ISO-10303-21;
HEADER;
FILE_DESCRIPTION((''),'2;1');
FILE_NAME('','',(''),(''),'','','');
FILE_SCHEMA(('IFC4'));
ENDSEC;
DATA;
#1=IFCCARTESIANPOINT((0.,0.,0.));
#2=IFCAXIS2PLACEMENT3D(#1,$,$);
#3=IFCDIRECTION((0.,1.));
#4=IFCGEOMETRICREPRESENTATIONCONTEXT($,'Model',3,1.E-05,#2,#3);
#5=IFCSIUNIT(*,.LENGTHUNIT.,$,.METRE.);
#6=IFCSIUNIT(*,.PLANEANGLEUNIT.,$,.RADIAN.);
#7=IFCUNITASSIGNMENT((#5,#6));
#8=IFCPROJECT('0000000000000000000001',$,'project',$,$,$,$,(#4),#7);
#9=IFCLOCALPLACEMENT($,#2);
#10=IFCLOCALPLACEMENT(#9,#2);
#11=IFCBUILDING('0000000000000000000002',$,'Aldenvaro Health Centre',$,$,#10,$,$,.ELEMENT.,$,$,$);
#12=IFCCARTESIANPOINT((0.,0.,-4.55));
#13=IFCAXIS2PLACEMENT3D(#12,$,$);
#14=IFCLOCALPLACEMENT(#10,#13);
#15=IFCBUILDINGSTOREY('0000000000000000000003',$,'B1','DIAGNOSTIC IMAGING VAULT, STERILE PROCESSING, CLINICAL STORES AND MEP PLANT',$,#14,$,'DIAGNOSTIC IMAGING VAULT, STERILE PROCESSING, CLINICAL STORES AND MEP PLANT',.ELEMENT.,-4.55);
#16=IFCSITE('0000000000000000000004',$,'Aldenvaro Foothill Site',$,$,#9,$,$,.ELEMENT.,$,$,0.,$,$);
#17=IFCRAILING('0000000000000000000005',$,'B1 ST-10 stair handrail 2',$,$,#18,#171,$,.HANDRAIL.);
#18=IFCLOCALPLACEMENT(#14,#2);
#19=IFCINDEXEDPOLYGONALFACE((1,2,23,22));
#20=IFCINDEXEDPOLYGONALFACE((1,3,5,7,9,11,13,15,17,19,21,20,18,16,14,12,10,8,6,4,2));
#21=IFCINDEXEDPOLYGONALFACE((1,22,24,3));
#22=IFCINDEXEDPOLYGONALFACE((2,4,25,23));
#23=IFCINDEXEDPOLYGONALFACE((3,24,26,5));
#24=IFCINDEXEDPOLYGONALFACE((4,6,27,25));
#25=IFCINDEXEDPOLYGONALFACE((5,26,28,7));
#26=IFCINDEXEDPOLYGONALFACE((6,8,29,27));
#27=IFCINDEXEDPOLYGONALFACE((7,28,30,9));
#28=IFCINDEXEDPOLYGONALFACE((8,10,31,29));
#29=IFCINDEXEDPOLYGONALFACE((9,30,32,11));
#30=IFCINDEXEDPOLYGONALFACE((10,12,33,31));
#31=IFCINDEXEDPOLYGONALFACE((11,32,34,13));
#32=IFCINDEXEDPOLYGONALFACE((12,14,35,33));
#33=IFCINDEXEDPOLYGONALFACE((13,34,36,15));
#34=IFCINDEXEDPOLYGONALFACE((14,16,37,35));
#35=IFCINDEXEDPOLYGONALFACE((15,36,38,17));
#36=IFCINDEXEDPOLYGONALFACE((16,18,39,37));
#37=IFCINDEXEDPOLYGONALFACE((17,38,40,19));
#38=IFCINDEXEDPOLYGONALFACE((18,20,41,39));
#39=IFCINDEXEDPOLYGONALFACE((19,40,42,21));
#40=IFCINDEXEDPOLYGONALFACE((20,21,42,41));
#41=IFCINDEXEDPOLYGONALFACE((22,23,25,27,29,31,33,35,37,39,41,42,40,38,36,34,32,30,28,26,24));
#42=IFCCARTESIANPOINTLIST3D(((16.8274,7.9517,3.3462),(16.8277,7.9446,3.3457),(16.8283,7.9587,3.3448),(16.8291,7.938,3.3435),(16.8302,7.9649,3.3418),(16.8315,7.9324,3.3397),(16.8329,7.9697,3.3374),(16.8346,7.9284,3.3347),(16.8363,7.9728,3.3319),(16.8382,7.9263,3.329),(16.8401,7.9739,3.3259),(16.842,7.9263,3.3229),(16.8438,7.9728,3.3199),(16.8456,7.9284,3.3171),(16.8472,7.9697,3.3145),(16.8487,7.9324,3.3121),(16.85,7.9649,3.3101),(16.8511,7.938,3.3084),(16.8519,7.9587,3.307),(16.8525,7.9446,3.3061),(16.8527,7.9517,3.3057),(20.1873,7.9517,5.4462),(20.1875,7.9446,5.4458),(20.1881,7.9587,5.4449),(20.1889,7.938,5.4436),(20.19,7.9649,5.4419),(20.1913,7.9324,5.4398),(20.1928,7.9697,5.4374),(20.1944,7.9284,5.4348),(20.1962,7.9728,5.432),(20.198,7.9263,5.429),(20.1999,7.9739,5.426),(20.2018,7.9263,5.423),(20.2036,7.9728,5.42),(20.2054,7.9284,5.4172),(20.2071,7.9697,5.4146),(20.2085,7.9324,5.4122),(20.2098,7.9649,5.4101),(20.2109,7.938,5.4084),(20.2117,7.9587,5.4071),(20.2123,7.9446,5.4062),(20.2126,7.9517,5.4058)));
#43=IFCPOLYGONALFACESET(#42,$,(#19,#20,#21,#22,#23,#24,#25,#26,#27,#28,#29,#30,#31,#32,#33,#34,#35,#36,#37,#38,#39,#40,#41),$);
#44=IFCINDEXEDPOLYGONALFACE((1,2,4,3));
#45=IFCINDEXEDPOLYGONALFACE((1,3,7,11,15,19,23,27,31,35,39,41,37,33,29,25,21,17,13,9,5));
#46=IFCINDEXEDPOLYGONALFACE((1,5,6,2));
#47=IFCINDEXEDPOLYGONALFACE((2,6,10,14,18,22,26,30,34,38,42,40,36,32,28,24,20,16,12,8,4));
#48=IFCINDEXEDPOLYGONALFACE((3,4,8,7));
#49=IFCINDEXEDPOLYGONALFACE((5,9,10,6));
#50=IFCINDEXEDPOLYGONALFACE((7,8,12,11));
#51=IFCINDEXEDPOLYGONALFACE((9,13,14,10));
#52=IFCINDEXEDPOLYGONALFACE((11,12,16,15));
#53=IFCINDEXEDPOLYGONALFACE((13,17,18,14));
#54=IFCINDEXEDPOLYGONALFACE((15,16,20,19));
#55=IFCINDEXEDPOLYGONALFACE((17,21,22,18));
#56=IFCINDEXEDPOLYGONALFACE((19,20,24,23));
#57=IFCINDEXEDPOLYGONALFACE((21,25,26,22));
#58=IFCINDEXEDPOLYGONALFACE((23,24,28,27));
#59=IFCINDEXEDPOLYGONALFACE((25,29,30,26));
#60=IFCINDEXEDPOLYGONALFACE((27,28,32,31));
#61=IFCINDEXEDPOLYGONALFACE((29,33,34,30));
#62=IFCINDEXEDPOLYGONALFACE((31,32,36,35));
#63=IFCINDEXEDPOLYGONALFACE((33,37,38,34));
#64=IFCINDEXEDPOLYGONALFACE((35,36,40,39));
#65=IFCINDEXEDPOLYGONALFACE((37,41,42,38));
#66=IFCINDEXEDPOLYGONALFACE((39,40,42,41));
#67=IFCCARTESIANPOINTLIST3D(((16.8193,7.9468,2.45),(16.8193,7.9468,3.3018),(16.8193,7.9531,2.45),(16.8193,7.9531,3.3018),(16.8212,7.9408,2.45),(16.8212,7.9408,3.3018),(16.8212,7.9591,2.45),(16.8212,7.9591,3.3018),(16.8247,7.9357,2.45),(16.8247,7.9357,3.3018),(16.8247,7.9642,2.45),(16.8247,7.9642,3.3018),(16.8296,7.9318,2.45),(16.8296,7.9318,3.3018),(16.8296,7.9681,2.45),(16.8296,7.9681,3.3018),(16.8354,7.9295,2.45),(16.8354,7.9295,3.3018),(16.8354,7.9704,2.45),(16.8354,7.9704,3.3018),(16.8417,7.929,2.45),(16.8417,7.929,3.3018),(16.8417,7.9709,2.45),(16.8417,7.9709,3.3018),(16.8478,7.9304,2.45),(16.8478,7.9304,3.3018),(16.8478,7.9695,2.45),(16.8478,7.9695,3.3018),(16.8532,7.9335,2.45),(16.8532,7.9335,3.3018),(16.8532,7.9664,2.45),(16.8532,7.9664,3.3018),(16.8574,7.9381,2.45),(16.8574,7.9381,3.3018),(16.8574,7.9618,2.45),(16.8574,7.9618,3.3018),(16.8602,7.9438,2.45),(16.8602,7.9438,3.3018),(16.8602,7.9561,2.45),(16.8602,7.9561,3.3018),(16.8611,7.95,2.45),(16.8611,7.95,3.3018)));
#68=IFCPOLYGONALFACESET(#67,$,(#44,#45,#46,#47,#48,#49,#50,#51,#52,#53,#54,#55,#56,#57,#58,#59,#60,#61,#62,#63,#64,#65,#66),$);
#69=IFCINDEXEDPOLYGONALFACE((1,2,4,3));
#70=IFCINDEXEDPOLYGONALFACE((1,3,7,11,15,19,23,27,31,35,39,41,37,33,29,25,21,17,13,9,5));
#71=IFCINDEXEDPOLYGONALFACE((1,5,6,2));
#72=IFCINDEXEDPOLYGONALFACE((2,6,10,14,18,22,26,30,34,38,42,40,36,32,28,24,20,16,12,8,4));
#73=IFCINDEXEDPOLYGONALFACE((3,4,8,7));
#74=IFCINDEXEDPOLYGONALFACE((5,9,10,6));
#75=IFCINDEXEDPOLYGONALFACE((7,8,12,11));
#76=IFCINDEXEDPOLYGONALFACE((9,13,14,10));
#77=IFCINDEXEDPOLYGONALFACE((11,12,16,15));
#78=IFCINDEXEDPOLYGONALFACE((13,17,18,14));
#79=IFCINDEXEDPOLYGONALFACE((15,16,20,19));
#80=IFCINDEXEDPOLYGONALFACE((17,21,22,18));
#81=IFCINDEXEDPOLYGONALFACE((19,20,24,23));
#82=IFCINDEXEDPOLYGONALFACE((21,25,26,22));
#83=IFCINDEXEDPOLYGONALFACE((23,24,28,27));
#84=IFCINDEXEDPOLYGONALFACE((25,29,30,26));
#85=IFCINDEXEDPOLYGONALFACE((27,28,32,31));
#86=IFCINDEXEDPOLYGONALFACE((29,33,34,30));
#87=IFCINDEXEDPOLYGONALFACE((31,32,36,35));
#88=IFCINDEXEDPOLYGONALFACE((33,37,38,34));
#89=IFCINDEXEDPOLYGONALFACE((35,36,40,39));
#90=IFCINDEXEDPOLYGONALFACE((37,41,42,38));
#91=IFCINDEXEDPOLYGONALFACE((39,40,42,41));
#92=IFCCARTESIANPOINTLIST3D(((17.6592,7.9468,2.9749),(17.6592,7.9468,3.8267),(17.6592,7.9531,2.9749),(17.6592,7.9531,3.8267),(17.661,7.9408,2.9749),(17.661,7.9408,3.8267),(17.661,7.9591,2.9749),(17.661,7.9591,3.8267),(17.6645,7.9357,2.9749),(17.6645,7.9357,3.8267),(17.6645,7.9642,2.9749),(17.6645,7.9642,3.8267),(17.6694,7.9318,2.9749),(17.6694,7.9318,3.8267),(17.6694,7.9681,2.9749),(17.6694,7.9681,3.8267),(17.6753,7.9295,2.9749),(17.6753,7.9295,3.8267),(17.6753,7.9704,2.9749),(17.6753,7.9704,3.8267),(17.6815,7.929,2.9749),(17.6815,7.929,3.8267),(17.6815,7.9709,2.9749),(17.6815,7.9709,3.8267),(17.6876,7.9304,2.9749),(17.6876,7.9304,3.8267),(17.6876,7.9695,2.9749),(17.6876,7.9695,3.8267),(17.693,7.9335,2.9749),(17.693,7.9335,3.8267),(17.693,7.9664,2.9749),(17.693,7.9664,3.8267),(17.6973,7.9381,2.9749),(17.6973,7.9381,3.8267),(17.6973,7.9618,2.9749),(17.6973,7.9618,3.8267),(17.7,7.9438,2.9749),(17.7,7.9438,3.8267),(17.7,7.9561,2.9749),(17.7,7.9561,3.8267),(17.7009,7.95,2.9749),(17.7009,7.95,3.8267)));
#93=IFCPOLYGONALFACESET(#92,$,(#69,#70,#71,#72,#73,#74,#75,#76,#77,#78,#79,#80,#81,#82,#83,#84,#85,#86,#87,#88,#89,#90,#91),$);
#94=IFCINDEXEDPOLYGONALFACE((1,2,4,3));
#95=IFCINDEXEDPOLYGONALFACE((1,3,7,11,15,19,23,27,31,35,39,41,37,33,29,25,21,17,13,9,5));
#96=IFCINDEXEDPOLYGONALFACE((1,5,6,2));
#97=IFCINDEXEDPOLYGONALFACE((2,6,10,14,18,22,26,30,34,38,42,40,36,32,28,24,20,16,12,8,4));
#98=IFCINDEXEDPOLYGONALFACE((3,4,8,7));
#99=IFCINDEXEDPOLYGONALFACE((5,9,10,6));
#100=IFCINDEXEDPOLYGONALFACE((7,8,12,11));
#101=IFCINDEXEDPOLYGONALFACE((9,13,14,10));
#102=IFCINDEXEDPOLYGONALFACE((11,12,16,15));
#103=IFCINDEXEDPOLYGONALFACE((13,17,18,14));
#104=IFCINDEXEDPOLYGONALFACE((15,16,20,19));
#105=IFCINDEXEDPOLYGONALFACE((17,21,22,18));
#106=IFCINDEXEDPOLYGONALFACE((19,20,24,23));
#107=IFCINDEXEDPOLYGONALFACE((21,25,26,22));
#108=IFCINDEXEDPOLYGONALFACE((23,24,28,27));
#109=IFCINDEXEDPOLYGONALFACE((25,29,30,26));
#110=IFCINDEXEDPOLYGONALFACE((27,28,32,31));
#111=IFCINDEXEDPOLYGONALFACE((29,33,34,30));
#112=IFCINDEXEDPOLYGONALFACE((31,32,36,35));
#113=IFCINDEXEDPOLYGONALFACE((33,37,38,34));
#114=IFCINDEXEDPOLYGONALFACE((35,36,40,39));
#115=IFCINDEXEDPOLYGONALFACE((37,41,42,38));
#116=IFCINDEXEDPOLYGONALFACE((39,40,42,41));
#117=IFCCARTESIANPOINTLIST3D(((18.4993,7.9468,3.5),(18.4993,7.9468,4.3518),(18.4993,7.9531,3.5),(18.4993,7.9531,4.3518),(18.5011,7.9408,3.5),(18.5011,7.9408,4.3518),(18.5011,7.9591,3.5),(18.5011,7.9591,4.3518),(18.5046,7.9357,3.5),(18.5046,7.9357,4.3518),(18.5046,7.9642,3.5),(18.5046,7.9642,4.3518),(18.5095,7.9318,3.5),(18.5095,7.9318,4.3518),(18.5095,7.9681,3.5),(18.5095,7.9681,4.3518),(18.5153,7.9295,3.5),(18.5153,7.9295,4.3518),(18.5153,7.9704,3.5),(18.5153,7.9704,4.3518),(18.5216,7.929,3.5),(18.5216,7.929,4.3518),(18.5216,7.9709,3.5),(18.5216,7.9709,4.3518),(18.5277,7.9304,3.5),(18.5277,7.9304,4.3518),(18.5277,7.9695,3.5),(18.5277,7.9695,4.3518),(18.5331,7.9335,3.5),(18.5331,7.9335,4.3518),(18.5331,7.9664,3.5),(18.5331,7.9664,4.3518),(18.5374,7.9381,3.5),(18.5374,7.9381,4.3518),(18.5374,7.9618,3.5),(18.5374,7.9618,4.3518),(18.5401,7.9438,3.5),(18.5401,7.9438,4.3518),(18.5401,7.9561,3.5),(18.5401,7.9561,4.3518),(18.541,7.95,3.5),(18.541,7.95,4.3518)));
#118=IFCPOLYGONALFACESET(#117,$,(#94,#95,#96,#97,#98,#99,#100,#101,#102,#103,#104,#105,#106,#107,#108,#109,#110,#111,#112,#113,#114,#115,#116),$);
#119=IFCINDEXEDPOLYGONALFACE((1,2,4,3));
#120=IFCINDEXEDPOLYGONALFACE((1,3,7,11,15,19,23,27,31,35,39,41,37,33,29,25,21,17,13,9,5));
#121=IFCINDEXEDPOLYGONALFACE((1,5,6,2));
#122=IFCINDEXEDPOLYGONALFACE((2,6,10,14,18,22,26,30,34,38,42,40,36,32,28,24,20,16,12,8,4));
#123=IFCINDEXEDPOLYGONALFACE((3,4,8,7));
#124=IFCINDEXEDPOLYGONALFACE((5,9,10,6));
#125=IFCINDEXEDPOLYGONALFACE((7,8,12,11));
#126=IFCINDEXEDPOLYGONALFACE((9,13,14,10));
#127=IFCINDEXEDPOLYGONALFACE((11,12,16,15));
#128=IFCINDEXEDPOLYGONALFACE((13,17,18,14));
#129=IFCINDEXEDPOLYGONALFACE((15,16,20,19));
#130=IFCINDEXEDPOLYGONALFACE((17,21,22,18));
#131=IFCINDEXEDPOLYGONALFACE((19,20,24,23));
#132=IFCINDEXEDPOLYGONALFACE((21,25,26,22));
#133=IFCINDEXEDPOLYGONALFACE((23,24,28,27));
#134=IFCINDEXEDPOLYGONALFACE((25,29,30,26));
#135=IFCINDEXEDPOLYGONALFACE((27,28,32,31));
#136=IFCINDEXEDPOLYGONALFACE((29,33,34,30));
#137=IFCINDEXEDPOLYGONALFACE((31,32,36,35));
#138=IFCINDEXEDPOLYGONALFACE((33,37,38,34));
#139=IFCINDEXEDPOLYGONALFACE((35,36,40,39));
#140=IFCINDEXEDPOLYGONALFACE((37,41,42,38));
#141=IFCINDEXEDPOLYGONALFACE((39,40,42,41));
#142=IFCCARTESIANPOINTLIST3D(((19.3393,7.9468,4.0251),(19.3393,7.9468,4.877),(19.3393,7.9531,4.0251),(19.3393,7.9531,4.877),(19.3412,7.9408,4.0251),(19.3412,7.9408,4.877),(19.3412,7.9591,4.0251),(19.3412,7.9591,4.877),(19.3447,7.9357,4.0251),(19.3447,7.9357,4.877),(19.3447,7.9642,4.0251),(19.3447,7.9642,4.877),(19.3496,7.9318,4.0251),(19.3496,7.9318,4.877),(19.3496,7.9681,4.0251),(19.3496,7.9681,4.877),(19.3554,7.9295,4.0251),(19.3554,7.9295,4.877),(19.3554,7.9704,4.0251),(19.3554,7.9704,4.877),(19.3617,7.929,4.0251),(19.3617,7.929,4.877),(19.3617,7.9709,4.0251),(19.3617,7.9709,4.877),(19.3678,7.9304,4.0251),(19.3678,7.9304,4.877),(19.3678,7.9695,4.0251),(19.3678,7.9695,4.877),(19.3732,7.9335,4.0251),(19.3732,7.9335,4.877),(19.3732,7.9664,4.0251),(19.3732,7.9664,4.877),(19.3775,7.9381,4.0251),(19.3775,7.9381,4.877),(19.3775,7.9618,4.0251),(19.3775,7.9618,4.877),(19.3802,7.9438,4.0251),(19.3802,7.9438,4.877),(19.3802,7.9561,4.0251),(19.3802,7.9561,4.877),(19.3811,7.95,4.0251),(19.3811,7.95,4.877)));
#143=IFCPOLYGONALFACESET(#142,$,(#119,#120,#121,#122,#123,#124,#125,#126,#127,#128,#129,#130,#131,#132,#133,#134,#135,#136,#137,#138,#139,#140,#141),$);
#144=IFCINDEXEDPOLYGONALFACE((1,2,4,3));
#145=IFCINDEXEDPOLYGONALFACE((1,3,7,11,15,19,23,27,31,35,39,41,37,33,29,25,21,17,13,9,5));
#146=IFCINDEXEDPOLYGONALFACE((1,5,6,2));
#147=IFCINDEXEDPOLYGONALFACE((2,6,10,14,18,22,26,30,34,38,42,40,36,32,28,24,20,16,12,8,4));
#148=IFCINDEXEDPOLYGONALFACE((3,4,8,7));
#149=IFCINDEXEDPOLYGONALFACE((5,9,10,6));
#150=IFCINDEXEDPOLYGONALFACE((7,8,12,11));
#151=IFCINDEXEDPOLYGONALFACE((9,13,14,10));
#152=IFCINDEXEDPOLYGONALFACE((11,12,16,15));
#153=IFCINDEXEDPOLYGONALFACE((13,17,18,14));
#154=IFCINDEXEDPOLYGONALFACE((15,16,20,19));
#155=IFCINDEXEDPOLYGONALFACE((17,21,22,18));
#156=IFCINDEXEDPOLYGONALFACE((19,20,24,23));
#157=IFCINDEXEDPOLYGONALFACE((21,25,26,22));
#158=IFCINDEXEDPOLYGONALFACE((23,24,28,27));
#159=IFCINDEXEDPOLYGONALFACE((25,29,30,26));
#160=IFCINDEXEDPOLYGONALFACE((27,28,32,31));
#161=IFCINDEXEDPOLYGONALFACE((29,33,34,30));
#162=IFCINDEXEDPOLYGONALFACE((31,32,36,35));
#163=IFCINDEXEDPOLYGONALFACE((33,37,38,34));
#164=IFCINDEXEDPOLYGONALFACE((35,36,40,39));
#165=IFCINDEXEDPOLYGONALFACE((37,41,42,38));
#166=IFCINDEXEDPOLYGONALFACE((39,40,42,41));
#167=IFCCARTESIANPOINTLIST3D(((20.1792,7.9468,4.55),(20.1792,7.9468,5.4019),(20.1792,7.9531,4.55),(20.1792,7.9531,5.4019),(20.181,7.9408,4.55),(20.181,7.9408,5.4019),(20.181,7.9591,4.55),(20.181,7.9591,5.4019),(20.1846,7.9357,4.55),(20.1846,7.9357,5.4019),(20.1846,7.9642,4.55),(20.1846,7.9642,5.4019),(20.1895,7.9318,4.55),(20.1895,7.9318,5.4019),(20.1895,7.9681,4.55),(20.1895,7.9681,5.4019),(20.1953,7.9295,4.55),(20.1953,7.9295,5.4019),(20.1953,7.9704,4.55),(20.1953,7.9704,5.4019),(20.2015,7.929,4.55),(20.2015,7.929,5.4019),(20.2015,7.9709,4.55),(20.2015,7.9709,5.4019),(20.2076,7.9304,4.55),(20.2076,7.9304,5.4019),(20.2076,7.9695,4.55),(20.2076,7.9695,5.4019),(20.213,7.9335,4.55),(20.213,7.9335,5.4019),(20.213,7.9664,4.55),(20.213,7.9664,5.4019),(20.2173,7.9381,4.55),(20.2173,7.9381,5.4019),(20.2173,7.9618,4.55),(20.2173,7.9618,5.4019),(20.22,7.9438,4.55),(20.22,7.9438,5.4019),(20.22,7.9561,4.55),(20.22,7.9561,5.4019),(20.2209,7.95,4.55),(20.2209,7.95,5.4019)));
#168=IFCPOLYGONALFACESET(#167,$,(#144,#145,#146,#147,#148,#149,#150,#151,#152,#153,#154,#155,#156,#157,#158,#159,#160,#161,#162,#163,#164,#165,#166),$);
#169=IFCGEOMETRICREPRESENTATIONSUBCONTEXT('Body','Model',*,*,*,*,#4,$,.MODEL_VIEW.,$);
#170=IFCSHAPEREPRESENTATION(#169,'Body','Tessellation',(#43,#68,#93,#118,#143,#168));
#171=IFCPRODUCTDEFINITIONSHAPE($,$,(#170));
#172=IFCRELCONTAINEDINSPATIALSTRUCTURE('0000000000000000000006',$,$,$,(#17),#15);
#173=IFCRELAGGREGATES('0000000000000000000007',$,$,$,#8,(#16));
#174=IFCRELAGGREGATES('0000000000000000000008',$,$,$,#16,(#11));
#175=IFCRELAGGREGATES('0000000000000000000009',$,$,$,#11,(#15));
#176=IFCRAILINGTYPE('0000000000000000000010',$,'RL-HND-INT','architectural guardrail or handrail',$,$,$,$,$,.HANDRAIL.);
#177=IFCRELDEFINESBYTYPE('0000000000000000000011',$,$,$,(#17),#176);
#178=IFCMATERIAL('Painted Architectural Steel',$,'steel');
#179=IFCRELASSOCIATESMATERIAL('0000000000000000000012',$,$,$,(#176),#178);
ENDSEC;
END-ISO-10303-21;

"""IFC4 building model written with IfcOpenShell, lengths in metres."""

from ifc_helpers import new_model, si_unit, direction, frame, origin, origin_2d, place, context, subcontext, project, spatial, circle, extrude, material, type_object, element, save


model = new_model("IFC4")

# Units and contexts
model_context = context("Model", 3, precision=1e-05, world=origin(), true_north=direction((0.0, 1.0)))
body_context = subcontext(model_context, "Body", "Model", "MODEL_VIEW")
ifc_project = project(units=[si_unit("LENGTHUNIT", "METRE"), si_unit("PLANEANGLEUNIT", "RADIAN")], contexts=[model_context])

# Site, building, storey
site_placement = place(None, origin())
site = spatial("IfcSite", under=ifc_project, at=site_placement, Name="Aldenvaro Foothill Site", CompositionType="ELEMENT", RefElevation=0.0)
building_placement = place(site_placement, origin())
building = spatial("IfcBuilding", under=site, at=building_placement, Name="Aldenvaro Health Centre", CompositionType="ELEMENT")
storey_placement = place(building_placement, frame((0.0, 0.0, -4.55)))
storey = spatial("IfcBuildingStorey", under=building, at=storey_placement, Name="B1", Description="DIAGNOSTIC IMAGING VAULT, STERILE PROCESSING, CLINICAL STORES AND MEP PLANT", LongName="DIAGNOSTIC IMAGING VAULT, STERILE PROCESSING, CLINICAL STORES AND MEP PLANT", CompositionType="ELEMENT", Elevation=-4.55)

# Railing
ifc_material_1 = material(Name="Painted Architectural Steel", Category="steel")
railing_type_1 = type_object("IfcRailingType", Name="RL-HND-INT", Description="architectural guardrail or handrail", PredefinedType="HANDRAIL", material=ifc_material_1)
railing_1_placement = place(storey_placement, frame((16.8401, 7.95, 2.45)))
element("IfcRailing", 1, at=railing_1_placement, inside=storey, type_object=railing_type_1, Name="B1 ST-10 stair handrail 2", PredefinedType="HANDRAIL", context=body_context, shape_type="SweptSolid", body=[
    extrude(circle(Radius=0.0239, at=origin_2d()), frame((0.0, 0.0, 0.876), z_axis=(0.847978, 0.0, 0.530032), x_axis=(0.0, 1.0, 0.0)), (0.0, 0.0, 1.0), 3.9622),
    extrude(circle(Radius=0.021, at=origin_2d()), origin(), (0.0, 0.0, 1.0), 0.8518),
    extrude(circle(Radius=0.021, at=origin_2d()), frame((0.8398, 0.0, 0.5249)), (0.0, 0.0, 1.0), 0.8518),
    extrude(circle(Radius=0.021, at=origin_2d()), frame((1.6799, 0.0, 1.05)), (0.0, 0.0, 1.0), 0.8518),
    extrude(circle(Radius=0.021, at=origin_2d()), frame((2.52, 0.0, 1.5752)), (0.0, 0.0, 1.0), 0.8518),
    extrude(circle(Radius=0.021, at=origin_2d()), frame((3.3599, 0.0, 2.1001)), (0.0, 0.0, 1.0), 0.8518),
])

save(model, "model.ifc")
